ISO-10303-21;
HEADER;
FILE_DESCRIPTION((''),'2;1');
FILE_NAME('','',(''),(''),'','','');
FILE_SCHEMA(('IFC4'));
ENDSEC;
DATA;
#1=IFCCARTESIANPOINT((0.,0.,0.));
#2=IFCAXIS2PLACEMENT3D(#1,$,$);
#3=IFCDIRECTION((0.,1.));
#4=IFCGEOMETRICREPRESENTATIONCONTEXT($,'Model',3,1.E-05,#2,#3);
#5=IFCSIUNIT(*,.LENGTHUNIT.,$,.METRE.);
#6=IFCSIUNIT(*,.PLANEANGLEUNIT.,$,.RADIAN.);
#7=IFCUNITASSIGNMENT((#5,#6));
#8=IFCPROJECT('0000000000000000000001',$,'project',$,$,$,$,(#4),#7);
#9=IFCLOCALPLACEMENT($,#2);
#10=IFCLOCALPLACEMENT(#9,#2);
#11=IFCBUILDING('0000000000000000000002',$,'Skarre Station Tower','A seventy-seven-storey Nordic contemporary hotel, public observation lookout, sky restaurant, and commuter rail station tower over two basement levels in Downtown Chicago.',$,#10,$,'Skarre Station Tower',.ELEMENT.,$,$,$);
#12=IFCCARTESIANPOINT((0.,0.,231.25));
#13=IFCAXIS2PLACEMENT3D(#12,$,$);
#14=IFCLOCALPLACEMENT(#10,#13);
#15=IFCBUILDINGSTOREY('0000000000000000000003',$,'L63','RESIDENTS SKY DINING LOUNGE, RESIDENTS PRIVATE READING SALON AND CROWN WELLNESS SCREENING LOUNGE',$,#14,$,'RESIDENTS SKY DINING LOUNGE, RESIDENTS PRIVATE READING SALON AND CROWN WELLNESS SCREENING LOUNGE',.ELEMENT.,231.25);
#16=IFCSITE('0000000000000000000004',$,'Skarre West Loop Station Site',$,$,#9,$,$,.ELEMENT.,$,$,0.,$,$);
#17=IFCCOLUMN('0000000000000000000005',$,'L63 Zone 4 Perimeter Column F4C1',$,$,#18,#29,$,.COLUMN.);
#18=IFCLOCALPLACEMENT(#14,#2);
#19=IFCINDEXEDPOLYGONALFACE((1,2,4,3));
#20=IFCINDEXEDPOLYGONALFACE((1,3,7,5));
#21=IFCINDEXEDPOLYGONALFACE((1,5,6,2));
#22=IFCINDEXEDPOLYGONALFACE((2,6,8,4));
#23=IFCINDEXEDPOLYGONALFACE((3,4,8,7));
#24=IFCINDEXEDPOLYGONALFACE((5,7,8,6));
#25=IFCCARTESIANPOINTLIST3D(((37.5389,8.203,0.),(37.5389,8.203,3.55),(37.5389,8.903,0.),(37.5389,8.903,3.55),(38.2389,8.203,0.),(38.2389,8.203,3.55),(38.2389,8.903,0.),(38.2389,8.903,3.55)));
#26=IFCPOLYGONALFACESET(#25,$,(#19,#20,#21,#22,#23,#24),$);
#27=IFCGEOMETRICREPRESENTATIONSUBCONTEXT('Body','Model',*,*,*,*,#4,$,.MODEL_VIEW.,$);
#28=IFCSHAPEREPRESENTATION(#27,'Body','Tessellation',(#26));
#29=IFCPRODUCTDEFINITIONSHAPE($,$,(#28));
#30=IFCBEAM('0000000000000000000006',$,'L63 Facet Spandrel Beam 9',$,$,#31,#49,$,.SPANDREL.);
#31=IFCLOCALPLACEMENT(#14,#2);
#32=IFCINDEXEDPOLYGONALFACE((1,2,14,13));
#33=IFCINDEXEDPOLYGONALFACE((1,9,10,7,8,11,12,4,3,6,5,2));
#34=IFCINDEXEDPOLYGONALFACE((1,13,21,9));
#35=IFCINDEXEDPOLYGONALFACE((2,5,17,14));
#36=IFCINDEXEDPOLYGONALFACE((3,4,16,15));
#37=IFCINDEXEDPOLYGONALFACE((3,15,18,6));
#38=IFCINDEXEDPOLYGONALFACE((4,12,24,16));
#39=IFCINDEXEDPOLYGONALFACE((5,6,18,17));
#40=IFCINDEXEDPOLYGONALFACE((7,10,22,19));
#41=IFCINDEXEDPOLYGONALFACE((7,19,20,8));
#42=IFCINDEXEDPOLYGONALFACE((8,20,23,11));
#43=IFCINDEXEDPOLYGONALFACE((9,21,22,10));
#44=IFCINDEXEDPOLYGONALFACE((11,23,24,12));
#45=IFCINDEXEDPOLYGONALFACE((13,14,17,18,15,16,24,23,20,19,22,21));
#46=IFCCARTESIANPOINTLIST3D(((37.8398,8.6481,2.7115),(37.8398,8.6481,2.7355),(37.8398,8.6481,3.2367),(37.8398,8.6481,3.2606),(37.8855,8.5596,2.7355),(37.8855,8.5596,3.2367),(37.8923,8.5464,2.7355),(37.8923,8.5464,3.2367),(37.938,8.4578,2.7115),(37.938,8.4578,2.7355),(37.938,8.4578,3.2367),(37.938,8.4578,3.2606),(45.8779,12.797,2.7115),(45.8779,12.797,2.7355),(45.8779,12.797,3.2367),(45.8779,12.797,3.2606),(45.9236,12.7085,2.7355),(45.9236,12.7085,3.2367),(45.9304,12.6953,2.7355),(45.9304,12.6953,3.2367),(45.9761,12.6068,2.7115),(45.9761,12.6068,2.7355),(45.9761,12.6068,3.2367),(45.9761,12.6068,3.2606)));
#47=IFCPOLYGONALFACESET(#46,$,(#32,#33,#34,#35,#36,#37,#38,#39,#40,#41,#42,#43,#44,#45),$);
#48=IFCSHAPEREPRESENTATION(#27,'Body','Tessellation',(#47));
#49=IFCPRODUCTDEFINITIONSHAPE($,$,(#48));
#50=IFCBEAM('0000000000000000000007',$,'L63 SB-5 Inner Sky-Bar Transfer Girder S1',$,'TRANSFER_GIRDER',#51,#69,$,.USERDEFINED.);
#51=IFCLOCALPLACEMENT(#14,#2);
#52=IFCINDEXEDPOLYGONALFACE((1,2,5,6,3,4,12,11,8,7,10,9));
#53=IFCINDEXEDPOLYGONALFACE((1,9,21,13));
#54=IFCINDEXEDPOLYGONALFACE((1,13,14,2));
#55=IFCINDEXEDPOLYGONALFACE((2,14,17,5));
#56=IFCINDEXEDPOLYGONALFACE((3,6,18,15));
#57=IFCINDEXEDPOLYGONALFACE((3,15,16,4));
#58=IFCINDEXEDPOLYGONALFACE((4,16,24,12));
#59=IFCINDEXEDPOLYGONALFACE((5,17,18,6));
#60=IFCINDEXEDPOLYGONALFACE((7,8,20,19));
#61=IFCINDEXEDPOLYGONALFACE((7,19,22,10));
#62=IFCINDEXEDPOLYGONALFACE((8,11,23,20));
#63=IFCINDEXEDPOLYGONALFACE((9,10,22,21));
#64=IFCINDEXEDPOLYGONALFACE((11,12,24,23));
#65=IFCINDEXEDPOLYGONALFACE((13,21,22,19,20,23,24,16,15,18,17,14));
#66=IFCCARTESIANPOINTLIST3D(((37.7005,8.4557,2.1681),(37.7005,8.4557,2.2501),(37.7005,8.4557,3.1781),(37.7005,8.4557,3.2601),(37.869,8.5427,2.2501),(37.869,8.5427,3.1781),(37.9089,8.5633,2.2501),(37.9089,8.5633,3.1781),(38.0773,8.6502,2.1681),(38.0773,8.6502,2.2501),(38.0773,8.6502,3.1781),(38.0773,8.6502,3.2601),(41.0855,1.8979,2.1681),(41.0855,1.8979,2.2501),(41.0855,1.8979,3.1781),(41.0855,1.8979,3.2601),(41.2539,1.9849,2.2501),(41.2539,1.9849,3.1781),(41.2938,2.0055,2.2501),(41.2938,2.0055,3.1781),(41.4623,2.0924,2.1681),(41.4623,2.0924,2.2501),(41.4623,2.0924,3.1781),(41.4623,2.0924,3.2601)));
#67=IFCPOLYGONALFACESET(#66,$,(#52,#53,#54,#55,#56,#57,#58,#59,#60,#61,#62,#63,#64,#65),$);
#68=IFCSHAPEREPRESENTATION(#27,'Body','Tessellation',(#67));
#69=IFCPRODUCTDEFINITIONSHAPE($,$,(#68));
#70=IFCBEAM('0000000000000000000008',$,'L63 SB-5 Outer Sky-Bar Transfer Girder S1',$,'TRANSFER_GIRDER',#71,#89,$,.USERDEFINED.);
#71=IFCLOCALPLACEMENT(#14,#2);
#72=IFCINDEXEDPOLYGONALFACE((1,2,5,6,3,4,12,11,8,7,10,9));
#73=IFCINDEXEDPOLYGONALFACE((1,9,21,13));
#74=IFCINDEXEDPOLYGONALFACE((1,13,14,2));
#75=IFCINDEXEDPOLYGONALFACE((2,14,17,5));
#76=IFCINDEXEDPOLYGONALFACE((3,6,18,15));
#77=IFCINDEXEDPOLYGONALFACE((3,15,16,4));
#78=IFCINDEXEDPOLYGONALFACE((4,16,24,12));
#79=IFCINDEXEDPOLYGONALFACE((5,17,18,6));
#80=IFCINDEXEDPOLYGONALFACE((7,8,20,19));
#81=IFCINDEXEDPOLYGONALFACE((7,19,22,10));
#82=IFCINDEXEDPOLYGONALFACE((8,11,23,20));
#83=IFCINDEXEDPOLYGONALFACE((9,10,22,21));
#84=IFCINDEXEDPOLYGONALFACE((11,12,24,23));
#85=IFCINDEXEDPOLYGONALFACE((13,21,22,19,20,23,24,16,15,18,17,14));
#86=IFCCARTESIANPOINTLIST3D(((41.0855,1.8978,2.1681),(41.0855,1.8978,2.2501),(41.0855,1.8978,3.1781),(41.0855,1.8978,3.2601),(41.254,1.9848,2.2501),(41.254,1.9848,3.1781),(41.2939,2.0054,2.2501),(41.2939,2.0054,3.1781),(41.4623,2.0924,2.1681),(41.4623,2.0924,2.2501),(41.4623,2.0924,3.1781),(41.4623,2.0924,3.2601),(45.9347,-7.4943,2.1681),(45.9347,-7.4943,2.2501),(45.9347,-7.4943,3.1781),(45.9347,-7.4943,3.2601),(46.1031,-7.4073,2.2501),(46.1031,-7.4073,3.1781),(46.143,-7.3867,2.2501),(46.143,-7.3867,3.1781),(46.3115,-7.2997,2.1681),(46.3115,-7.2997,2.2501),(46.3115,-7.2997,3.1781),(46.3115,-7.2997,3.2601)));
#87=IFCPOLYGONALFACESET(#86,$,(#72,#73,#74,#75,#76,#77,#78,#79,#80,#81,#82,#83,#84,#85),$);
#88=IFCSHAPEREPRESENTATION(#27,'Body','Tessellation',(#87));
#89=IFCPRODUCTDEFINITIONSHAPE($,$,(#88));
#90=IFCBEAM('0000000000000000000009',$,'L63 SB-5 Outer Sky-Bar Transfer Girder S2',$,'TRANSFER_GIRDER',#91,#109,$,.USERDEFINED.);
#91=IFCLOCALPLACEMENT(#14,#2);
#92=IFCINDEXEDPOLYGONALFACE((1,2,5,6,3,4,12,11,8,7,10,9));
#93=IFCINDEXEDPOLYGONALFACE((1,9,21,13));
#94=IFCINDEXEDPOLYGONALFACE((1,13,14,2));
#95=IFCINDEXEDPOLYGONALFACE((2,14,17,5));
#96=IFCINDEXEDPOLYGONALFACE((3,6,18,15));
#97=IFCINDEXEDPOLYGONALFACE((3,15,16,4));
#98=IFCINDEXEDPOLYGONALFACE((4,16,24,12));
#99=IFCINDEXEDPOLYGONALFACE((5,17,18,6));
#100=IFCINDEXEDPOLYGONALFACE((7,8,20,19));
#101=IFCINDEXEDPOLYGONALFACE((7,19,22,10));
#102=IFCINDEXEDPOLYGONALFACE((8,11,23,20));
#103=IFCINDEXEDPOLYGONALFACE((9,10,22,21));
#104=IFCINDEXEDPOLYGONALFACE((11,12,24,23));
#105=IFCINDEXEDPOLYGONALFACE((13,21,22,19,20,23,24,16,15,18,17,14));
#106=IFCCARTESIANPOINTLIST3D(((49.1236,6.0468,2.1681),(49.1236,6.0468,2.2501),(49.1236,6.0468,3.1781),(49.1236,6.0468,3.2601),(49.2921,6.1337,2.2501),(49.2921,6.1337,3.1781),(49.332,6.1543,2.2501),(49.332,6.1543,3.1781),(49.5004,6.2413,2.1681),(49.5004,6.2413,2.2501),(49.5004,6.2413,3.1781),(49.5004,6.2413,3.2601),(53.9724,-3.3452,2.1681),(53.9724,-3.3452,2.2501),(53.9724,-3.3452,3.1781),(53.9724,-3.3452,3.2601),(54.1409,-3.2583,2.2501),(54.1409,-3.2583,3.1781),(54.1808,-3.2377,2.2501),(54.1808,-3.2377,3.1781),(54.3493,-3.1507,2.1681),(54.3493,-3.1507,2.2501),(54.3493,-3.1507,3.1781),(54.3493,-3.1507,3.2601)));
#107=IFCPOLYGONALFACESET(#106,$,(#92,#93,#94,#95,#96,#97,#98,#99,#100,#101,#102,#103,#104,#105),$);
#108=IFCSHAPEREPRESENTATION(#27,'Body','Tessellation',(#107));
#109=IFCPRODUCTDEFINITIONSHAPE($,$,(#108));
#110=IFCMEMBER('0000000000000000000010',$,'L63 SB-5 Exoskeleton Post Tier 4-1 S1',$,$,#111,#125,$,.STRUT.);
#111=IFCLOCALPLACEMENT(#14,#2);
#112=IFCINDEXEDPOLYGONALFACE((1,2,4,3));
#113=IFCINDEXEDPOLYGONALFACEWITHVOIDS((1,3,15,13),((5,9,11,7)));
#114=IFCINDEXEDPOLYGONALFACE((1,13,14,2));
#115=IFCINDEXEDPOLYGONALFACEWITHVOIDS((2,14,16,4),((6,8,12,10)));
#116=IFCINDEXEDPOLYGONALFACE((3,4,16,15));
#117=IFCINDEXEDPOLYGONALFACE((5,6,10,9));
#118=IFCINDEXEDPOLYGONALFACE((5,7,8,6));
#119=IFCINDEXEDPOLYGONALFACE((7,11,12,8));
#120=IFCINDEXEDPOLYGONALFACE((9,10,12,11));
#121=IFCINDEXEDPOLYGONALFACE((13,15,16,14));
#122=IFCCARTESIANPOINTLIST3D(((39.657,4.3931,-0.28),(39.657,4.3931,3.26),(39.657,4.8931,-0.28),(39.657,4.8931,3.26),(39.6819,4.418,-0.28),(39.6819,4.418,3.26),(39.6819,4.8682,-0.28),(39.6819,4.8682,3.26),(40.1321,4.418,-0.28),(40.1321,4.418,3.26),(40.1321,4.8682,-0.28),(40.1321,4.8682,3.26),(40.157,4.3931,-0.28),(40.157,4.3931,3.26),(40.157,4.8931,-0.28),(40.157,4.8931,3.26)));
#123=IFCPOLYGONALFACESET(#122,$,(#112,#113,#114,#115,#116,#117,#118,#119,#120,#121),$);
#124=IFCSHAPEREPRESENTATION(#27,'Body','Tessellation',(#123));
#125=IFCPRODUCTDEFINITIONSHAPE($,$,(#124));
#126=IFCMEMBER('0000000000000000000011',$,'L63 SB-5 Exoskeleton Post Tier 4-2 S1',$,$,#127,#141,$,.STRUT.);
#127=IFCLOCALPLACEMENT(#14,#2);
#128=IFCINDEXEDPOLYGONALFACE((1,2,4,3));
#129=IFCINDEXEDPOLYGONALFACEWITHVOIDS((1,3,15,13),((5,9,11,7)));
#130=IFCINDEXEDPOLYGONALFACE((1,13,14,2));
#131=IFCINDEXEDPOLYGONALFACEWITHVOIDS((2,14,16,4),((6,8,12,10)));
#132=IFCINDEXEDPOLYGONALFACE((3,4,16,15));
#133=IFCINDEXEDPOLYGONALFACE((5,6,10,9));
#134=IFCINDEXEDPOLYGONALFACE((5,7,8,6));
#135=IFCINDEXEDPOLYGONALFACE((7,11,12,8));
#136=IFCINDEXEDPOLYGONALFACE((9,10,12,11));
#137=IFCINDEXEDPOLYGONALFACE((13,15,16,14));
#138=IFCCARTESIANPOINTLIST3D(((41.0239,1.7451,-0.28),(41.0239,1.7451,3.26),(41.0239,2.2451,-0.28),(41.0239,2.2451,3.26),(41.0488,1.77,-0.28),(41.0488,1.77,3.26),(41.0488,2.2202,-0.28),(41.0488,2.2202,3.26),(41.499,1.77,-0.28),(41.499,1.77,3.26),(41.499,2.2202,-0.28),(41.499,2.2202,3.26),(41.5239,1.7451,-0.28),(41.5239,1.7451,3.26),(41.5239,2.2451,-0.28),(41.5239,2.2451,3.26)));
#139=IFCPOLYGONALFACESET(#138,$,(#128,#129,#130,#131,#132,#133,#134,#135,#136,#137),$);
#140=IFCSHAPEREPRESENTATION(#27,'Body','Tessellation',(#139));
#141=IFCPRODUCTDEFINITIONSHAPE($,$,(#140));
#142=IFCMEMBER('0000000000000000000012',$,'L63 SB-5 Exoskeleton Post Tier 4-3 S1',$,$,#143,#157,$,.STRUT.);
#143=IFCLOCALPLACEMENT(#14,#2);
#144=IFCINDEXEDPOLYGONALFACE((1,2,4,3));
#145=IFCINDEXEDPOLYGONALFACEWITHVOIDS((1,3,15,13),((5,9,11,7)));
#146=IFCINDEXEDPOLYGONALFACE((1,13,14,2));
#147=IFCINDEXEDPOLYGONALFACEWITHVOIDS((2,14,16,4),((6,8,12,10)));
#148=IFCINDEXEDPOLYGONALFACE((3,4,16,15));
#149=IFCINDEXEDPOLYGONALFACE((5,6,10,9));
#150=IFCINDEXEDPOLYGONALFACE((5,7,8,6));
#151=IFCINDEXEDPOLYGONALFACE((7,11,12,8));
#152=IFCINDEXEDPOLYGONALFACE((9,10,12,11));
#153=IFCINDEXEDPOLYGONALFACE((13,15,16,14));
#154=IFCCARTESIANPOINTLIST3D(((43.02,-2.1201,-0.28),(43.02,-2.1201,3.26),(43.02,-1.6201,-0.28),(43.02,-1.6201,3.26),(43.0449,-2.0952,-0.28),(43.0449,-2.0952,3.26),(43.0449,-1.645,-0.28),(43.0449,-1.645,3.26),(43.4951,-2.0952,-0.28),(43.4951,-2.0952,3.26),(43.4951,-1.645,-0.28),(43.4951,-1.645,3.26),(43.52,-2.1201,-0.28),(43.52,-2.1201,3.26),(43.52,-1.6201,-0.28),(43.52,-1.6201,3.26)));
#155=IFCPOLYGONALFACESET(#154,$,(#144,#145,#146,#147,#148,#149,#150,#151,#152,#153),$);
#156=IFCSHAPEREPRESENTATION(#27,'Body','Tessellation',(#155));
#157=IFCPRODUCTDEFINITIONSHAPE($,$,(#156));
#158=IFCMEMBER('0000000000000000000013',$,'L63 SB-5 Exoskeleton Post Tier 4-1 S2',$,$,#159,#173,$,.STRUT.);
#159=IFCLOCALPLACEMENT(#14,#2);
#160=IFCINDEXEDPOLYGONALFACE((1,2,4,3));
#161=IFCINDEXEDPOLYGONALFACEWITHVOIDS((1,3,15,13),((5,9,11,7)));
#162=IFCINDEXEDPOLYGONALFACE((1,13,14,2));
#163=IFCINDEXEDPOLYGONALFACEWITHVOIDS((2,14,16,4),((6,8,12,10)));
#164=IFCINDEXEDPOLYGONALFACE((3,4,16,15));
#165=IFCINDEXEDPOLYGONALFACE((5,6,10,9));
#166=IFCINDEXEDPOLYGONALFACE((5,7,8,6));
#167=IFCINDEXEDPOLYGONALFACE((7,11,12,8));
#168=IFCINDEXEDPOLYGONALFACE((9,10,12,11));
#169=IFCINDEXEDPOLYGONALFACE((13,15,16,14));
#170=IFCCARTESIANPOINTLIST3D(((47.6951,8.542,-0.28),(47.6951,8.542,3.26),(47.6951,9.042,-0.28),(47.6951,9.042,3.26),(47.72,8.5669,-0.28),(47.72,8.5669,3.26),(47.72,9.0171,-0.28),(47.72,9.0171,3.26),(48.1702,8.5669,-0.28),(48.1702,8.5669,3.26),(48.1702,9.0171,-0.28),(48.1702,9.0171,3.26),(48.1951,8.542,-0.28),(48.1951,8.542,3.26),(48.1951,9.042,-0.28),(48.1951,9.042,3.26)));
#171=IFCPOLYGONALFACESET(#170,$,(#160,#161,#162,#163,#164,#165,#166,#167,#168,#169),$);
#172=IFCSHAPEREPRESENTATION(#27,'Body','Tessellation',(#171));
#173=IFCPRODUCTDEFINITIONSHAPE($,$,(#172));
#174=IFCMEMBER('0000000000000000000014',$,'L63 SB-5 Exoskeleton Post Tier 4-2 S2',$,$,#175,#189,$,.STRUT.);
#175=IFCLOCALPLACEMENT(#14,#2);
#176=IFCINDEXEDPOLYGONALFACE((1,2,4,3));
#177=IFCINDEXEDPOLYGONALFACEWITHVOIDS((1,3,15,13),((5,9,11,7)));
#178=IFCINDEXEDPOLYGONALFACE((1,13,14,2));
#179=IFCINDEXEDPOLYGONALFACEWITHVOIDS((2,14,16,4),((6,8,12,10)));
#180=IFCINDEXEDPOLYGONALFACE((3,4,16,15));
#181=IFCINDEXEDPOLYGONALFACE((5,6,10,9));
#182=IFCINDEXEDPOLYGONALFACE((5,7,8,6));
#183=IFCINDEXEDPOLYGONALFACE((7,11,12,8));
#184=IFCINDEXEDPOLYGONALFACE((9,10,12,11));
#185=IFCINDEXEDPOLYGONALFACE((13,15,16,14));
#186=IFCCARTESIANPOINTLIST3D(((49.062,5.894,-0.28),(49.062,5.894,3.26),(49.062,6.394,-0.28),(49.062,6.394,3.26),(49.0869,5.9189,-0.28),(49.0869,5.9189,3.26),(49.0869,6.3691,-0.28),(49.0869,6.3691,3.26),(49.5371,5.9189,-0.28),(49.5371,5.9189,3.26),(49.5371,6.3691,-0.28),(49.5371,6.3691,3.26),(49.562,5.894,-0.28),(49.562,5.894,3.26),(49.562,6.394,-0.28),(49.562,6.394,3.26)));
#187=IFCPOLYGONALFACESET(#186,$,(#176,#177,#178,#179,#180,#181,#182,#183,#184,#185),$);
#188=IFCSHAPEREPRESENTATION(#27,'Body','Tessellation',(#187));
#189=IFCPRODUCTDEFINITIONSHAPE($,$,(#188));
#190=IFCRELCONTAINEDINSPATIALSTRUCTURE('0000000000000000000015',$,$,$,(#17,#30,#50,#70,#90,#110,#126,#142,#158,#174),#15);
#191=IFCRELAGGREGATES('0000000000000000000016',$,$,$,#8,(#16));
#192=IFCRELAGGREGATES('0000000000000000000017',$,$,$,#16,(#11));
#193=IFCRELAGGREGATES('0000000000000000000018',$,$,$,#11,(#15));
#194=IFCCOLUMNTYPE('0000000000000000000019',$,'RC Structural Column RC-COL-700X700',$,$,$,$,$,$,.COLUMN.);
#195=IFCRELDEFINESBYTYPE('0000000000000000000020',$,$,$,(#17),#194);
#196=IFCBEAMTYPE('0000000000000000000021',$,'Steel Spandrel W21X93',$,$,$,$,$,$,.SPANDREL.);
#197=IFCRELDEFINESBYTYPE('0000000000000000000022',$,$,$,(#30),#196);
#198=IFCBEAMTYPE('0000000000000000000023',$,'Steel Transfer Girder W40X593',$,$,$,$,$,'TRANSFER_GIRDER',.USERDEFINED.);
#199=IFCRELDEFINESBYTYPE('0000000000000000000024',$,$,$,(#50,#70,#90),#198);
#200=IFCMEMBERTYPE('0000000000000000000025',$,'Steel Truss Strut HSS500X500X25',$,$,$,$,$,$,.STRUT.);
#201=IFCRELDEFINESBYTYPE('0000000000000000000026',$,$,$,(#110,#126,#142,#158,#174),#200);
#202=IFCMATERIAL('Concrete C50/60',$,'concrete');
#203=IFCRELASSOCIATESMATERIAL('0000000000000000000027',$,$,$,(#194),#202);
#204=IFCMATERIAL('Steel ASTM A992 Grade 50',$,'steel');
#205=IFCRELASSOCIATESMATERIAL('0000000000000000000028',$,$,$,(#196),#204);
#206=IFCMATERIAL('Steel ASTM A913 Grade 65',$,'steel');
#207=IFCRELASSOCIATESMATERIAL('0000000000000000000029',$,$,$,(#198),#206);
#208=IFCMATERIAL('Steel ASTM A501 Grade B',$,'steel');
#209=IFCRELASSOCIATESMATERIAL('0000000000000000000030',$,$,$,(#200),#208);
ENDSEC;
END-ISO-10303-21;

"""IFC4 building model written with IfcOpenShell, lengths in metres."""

from ifc_helpers import new_model, si_unit, direction, frame, origin, origin_2d, place, context, subcontext, project, spatial, rectangle, hollow_rectangle, i_section, extrude, material, material_profile, profile_set, type_object, element, save


model = new_model("IFC4")

# Units and contexts
model_context = context("Model", 3, precision=1e-05, world=origin(), true_north=direction((0.0, 1.0)))
body_context = subcontext(model_context, "Body", "Model", "MODEL_VIEW")
ifc_project = project(units=[si_unit("LENGTHUNIT", "METRE"), si_unit("PLANEANGLEUNIT", "RADIAN")], contexts=[model_context])

# Site, building, storey
site_placement = place(None, origin())
site = spatial("IfcSite", under=ifc_project, at=site_placement, Name="Skarre West Loop Station Site", CompositionType="ELEMENT", RefElevation=0.0)
building_placement = place(site_placement, origin())
building = spatial("IfcBuilding", under=site, at=building_placement, Name="Skarre Station Tower", Description="A seventy-seven-storey Nordic contemporary hotel, public observation lookout, sky restaurant, and commuter rail station tower over two basement levels in Downtown Chicago.", LongName="Skarre Station Tower", CompositionType="ELEMENT")
storey_placement = place(building_placement, frame((0.0, 0.0, 231.25)))
storey = spatial("IfcBuildingStorey", under=building, at=storey_placement, Name="L63", Description="RESIDENTS SKY DINING LOUNGE, RESIDENTS PRIVATE READING SALON AND CROWN WELLNESS SCREENING LOUNGE", LongName="RESIDENTS SKY DINING LOUNGE, RESIDENTS PRIVATE READING SALON AND CROWN WELLNESS SCREENING LOUNGE", CompositionType="ELEMENT", Elevation=231.25)

# Column
ifc_material_1 = material(Name="Concrete C50/60", Category="concrete")
ifc_material_profile_1 = material_profile(ifc_material_1, rectangle(XDim=0.7, YDim=0.7, at=origin_2d()), Name="Concrete C50/60")
ifc_profile_set_1 = profile_set([ifc_material_profile_1], Name="Concrete C50/60")
column_type = type_object("IfcColumnType", Name="RC Structural Column RC-COL-700X700", PredefinedType="COLUMN", material=ifc_profile_set_1)
column_placement = place(storey_placement, frame((37.8889, 8.553, 0.0), z_axis=(0.0, 0.0, 1.0), x_axis=(1.0, 0.0, 0.0)))
element("IfcColumn", 1, at=column_placement, inside=storey, type_object=column_type, Name="L63 Zone 4 Perimeter Column F4C1", PredefinedType="COLUMN", context=body_context, shape_type="SweptSolid", body=[
    extrude(rectangle(XDim=0.7, YDim=0.7, at=origin_2d()), origin(), (0.0, 0.0, 1.0), 3.55),
])

# Beams
ifc_material_2 = material(Name="Steel ASTM A992 Grade 50", Category="steel")
ifc_material_profile_2 = material_profile(ifc_material_2, i_section(OverallWidth=0.2141, OverallDepth=0.5491, WebThickness=0.0149, FlangeThickness=0.0239, at=origin_2d()), Name="Steel ASTM A992 Grade 50")
ifc_profile_set_2 = profile_set([ifc_material_profile_2], Name="Steel ASTM A992 Grade 50")
beam_type_1 = type_object("IfcBeamType", Name="Steel Spandrel W21X93", PredefinedType="SPANDREL", material=ifc_profile_set_2)
beam_1_placement = place(storey_placement, frame((37.8889, 8.553, 2.9861), z_axis=(0.88861, 0.458664, 0.0), x_axis=(-0.458664, 0.88861, 0.0)))
element("IfcBeam", 2, at=beam_1_placement, inside=storey, type_object=beam_type_1, Name="L63 Facet Spandrel Beam 9", PredefinedType="SPANDREL", context=body_context, shape_type="SweptSolid", body=[
    extrude(i_section(OverallWidth=0.2141, OverallDepth=0.5491, WebThickness=0.0149, FlangeThickness=0.0239, at=origin_2d()), origin(), (0.0, 0.0, 1.0), 9.0457),
])
ifc_material_3 = material(Name="Steel ASTM A913 Grade 65", Category="steel")
ifc_material_profile_3 = material_profile(ifc_material_3, i_section(OverallWidth=0.4241, OverallDepth=1.092, WebThickness=0.0449, FlangeThickness=0.082, at=origin_2d()), Name="Steel ASTM A913 Grade 65")
ifc_profile_set_3 = profile_set([ifc_material_profile_3], Name="Steel ASTM A913 Grade 65")
beam_type_2 = type_object("IfcBeamType", Name="Steel Transfer Girder W40X593", ElementType="TRANSFER_GIRDER", PredefinedType="USERDEFINED", material=ifc_profile_set_3)
beam_2_placement = place(storey_placement, frame((37.8889, 8.553, 2.7141), z_axis=(0.458676, -0.888604, 0.0), x_axis=(0.888604, 0.458676, 0.0)))
element("IfcBeam", 3, at=beam_2_placement, inside=storey, type_object=beam_type_2, Name="L63 SB-5 Inner Sky-Bar Transfer Girder S1", ObjectType="TRANSFER_GIRDER", PredefinedType="USERDEFINED", context=body_context, shape_type="SweptSolid", body=[
    extrude(i_section(OverallWidth=0.4241, OverallDepth=1.092, WebThickness=0.0449, FlangeThickness=0.082, at=origin_2d()), origin(), (0.0, 0.0, 1.0), 7.3799),
])
beam_3_placement = place(storey_placement, frame((41.2739, 1.9951, 2.7141), z_axis=(0.458762, -0.888559, 0.0), x_axis=(0.888559, 0.458762, 0.0)))
element("IfcBeam", 4, at=beam_3_placement, inside=storey, type_object=beam_type_2, Name="L63 SB-5 Outer Sky-Bar Transfer Girder S1", ObjectType="TRANSFER_GIRDER", PredefinedType="USERDEFINED", context=body_context, shape_type="SweptSolid", body=[
    extrude(i_section(OverallWidth=0.4241, OverallDepth=1.092, WebThickness=0.0449, FlangeThickness=0.082, at=origin_2d()), origin(), (0.0, 0.0, 1.0), 10.5701),
])
beam_4_placement = place(storey_placement, frame((49.312, 6.144, 2.7141), z_axis=(0.458744, -0.888569, 0.0), x_axis=(0.888569, 0.458744, 0.0)))
element("IfcBeam", 5, at=beam_4_placement, inside=storey, type_object=beam_type_2, Name="L63 SB-5 Outer Sky-Bar Transfer Girder S2", ObjectType="TRANSFER_GIRDER", PredefinedType="USERDEFINED", context=body_context, shape_type="SweptSolid", body=[
    extrude(i_section(OverallWidth=0.4241, OverallDepth=1.092, WebThickness=0.0449, FlangeThickness=0.082, at=origin_2d()), origin(), (0.0, 0.0, 1.0), 10.5698),
])

# Members
ifc_material_4 = material(Name="Steel ASTM A501 Grade B", Category="steel")
ifc_material_profile_4 = material_profile(ifc_material_4, hollow_rectangle(XDim=0.5, YDim=0.5, WallThickness=0.0249, at=origin_2d()), Name="Steel ASTM A501 Grade B")
ifc_profile_set_4 = profile_set([ifc_material_profile_4], Name="Steel ASTM A501 Grade B")
member_type_1 = type_object("IfcMemberType", Name="Steel Truss Strut HSS500X500X25", PredefinedType="STRUT", material=ifc_profile_set_4)
for number, where, z_axis, x_axis, name in (
    (6, (39.907, 4.6431, -0.28), (0.0, 0.0, 1.0), (1.0, 0.0, 0.0), "L63 SB-5 Exoskeleton Post Tier 4-1 S1"),
    (7, (41.2739, 1.9951, -0.28), (0.0, 0.0, 1.0), (1.0, 0.0, 0.0), "L63 SB-5 Exoskeleton Post Tier 4-2 S1"),
    (8, (43.27, -1.8701, -0.28), (0.0, 0.0, 1.0), (1.0, 0.0, 0.0), "L63 SB-5 Exoskeleton Post Tier 4-3 S1"),
    (9, (47.9451, 8.792, -0.28), (0.0, 0.0, 1.0), (1.0, 0.0, 0.0), "L63 SB-5 Exoskeleton Post Tier 4-1 S2"),
    (10, (49.312, 6.144, -0.28), (0.0, 0.0, 1.0), (1.0, 0.0, 0.0), "L63 SB-5 Exoskeleton Post Tier 4-2 S2"),
):
    element("IfcMember", number, at=place(storey_placement, frame(where, z_axis=z_axis, x_axis=x_axis)), inside=storey, type_object=member_type_1, Name=name, PredefinedType="STRUT", context=body_context, shape_type="SweptSolid", body=[
        extrude(hollow_rectangle(XDim=0.5, YDim=0.5, WallThickness=0.0249, at=origin_2d()), origin(), (0.0, 0.0, 1.0), 3.54),
    ])

save(model, "model.ifc")
